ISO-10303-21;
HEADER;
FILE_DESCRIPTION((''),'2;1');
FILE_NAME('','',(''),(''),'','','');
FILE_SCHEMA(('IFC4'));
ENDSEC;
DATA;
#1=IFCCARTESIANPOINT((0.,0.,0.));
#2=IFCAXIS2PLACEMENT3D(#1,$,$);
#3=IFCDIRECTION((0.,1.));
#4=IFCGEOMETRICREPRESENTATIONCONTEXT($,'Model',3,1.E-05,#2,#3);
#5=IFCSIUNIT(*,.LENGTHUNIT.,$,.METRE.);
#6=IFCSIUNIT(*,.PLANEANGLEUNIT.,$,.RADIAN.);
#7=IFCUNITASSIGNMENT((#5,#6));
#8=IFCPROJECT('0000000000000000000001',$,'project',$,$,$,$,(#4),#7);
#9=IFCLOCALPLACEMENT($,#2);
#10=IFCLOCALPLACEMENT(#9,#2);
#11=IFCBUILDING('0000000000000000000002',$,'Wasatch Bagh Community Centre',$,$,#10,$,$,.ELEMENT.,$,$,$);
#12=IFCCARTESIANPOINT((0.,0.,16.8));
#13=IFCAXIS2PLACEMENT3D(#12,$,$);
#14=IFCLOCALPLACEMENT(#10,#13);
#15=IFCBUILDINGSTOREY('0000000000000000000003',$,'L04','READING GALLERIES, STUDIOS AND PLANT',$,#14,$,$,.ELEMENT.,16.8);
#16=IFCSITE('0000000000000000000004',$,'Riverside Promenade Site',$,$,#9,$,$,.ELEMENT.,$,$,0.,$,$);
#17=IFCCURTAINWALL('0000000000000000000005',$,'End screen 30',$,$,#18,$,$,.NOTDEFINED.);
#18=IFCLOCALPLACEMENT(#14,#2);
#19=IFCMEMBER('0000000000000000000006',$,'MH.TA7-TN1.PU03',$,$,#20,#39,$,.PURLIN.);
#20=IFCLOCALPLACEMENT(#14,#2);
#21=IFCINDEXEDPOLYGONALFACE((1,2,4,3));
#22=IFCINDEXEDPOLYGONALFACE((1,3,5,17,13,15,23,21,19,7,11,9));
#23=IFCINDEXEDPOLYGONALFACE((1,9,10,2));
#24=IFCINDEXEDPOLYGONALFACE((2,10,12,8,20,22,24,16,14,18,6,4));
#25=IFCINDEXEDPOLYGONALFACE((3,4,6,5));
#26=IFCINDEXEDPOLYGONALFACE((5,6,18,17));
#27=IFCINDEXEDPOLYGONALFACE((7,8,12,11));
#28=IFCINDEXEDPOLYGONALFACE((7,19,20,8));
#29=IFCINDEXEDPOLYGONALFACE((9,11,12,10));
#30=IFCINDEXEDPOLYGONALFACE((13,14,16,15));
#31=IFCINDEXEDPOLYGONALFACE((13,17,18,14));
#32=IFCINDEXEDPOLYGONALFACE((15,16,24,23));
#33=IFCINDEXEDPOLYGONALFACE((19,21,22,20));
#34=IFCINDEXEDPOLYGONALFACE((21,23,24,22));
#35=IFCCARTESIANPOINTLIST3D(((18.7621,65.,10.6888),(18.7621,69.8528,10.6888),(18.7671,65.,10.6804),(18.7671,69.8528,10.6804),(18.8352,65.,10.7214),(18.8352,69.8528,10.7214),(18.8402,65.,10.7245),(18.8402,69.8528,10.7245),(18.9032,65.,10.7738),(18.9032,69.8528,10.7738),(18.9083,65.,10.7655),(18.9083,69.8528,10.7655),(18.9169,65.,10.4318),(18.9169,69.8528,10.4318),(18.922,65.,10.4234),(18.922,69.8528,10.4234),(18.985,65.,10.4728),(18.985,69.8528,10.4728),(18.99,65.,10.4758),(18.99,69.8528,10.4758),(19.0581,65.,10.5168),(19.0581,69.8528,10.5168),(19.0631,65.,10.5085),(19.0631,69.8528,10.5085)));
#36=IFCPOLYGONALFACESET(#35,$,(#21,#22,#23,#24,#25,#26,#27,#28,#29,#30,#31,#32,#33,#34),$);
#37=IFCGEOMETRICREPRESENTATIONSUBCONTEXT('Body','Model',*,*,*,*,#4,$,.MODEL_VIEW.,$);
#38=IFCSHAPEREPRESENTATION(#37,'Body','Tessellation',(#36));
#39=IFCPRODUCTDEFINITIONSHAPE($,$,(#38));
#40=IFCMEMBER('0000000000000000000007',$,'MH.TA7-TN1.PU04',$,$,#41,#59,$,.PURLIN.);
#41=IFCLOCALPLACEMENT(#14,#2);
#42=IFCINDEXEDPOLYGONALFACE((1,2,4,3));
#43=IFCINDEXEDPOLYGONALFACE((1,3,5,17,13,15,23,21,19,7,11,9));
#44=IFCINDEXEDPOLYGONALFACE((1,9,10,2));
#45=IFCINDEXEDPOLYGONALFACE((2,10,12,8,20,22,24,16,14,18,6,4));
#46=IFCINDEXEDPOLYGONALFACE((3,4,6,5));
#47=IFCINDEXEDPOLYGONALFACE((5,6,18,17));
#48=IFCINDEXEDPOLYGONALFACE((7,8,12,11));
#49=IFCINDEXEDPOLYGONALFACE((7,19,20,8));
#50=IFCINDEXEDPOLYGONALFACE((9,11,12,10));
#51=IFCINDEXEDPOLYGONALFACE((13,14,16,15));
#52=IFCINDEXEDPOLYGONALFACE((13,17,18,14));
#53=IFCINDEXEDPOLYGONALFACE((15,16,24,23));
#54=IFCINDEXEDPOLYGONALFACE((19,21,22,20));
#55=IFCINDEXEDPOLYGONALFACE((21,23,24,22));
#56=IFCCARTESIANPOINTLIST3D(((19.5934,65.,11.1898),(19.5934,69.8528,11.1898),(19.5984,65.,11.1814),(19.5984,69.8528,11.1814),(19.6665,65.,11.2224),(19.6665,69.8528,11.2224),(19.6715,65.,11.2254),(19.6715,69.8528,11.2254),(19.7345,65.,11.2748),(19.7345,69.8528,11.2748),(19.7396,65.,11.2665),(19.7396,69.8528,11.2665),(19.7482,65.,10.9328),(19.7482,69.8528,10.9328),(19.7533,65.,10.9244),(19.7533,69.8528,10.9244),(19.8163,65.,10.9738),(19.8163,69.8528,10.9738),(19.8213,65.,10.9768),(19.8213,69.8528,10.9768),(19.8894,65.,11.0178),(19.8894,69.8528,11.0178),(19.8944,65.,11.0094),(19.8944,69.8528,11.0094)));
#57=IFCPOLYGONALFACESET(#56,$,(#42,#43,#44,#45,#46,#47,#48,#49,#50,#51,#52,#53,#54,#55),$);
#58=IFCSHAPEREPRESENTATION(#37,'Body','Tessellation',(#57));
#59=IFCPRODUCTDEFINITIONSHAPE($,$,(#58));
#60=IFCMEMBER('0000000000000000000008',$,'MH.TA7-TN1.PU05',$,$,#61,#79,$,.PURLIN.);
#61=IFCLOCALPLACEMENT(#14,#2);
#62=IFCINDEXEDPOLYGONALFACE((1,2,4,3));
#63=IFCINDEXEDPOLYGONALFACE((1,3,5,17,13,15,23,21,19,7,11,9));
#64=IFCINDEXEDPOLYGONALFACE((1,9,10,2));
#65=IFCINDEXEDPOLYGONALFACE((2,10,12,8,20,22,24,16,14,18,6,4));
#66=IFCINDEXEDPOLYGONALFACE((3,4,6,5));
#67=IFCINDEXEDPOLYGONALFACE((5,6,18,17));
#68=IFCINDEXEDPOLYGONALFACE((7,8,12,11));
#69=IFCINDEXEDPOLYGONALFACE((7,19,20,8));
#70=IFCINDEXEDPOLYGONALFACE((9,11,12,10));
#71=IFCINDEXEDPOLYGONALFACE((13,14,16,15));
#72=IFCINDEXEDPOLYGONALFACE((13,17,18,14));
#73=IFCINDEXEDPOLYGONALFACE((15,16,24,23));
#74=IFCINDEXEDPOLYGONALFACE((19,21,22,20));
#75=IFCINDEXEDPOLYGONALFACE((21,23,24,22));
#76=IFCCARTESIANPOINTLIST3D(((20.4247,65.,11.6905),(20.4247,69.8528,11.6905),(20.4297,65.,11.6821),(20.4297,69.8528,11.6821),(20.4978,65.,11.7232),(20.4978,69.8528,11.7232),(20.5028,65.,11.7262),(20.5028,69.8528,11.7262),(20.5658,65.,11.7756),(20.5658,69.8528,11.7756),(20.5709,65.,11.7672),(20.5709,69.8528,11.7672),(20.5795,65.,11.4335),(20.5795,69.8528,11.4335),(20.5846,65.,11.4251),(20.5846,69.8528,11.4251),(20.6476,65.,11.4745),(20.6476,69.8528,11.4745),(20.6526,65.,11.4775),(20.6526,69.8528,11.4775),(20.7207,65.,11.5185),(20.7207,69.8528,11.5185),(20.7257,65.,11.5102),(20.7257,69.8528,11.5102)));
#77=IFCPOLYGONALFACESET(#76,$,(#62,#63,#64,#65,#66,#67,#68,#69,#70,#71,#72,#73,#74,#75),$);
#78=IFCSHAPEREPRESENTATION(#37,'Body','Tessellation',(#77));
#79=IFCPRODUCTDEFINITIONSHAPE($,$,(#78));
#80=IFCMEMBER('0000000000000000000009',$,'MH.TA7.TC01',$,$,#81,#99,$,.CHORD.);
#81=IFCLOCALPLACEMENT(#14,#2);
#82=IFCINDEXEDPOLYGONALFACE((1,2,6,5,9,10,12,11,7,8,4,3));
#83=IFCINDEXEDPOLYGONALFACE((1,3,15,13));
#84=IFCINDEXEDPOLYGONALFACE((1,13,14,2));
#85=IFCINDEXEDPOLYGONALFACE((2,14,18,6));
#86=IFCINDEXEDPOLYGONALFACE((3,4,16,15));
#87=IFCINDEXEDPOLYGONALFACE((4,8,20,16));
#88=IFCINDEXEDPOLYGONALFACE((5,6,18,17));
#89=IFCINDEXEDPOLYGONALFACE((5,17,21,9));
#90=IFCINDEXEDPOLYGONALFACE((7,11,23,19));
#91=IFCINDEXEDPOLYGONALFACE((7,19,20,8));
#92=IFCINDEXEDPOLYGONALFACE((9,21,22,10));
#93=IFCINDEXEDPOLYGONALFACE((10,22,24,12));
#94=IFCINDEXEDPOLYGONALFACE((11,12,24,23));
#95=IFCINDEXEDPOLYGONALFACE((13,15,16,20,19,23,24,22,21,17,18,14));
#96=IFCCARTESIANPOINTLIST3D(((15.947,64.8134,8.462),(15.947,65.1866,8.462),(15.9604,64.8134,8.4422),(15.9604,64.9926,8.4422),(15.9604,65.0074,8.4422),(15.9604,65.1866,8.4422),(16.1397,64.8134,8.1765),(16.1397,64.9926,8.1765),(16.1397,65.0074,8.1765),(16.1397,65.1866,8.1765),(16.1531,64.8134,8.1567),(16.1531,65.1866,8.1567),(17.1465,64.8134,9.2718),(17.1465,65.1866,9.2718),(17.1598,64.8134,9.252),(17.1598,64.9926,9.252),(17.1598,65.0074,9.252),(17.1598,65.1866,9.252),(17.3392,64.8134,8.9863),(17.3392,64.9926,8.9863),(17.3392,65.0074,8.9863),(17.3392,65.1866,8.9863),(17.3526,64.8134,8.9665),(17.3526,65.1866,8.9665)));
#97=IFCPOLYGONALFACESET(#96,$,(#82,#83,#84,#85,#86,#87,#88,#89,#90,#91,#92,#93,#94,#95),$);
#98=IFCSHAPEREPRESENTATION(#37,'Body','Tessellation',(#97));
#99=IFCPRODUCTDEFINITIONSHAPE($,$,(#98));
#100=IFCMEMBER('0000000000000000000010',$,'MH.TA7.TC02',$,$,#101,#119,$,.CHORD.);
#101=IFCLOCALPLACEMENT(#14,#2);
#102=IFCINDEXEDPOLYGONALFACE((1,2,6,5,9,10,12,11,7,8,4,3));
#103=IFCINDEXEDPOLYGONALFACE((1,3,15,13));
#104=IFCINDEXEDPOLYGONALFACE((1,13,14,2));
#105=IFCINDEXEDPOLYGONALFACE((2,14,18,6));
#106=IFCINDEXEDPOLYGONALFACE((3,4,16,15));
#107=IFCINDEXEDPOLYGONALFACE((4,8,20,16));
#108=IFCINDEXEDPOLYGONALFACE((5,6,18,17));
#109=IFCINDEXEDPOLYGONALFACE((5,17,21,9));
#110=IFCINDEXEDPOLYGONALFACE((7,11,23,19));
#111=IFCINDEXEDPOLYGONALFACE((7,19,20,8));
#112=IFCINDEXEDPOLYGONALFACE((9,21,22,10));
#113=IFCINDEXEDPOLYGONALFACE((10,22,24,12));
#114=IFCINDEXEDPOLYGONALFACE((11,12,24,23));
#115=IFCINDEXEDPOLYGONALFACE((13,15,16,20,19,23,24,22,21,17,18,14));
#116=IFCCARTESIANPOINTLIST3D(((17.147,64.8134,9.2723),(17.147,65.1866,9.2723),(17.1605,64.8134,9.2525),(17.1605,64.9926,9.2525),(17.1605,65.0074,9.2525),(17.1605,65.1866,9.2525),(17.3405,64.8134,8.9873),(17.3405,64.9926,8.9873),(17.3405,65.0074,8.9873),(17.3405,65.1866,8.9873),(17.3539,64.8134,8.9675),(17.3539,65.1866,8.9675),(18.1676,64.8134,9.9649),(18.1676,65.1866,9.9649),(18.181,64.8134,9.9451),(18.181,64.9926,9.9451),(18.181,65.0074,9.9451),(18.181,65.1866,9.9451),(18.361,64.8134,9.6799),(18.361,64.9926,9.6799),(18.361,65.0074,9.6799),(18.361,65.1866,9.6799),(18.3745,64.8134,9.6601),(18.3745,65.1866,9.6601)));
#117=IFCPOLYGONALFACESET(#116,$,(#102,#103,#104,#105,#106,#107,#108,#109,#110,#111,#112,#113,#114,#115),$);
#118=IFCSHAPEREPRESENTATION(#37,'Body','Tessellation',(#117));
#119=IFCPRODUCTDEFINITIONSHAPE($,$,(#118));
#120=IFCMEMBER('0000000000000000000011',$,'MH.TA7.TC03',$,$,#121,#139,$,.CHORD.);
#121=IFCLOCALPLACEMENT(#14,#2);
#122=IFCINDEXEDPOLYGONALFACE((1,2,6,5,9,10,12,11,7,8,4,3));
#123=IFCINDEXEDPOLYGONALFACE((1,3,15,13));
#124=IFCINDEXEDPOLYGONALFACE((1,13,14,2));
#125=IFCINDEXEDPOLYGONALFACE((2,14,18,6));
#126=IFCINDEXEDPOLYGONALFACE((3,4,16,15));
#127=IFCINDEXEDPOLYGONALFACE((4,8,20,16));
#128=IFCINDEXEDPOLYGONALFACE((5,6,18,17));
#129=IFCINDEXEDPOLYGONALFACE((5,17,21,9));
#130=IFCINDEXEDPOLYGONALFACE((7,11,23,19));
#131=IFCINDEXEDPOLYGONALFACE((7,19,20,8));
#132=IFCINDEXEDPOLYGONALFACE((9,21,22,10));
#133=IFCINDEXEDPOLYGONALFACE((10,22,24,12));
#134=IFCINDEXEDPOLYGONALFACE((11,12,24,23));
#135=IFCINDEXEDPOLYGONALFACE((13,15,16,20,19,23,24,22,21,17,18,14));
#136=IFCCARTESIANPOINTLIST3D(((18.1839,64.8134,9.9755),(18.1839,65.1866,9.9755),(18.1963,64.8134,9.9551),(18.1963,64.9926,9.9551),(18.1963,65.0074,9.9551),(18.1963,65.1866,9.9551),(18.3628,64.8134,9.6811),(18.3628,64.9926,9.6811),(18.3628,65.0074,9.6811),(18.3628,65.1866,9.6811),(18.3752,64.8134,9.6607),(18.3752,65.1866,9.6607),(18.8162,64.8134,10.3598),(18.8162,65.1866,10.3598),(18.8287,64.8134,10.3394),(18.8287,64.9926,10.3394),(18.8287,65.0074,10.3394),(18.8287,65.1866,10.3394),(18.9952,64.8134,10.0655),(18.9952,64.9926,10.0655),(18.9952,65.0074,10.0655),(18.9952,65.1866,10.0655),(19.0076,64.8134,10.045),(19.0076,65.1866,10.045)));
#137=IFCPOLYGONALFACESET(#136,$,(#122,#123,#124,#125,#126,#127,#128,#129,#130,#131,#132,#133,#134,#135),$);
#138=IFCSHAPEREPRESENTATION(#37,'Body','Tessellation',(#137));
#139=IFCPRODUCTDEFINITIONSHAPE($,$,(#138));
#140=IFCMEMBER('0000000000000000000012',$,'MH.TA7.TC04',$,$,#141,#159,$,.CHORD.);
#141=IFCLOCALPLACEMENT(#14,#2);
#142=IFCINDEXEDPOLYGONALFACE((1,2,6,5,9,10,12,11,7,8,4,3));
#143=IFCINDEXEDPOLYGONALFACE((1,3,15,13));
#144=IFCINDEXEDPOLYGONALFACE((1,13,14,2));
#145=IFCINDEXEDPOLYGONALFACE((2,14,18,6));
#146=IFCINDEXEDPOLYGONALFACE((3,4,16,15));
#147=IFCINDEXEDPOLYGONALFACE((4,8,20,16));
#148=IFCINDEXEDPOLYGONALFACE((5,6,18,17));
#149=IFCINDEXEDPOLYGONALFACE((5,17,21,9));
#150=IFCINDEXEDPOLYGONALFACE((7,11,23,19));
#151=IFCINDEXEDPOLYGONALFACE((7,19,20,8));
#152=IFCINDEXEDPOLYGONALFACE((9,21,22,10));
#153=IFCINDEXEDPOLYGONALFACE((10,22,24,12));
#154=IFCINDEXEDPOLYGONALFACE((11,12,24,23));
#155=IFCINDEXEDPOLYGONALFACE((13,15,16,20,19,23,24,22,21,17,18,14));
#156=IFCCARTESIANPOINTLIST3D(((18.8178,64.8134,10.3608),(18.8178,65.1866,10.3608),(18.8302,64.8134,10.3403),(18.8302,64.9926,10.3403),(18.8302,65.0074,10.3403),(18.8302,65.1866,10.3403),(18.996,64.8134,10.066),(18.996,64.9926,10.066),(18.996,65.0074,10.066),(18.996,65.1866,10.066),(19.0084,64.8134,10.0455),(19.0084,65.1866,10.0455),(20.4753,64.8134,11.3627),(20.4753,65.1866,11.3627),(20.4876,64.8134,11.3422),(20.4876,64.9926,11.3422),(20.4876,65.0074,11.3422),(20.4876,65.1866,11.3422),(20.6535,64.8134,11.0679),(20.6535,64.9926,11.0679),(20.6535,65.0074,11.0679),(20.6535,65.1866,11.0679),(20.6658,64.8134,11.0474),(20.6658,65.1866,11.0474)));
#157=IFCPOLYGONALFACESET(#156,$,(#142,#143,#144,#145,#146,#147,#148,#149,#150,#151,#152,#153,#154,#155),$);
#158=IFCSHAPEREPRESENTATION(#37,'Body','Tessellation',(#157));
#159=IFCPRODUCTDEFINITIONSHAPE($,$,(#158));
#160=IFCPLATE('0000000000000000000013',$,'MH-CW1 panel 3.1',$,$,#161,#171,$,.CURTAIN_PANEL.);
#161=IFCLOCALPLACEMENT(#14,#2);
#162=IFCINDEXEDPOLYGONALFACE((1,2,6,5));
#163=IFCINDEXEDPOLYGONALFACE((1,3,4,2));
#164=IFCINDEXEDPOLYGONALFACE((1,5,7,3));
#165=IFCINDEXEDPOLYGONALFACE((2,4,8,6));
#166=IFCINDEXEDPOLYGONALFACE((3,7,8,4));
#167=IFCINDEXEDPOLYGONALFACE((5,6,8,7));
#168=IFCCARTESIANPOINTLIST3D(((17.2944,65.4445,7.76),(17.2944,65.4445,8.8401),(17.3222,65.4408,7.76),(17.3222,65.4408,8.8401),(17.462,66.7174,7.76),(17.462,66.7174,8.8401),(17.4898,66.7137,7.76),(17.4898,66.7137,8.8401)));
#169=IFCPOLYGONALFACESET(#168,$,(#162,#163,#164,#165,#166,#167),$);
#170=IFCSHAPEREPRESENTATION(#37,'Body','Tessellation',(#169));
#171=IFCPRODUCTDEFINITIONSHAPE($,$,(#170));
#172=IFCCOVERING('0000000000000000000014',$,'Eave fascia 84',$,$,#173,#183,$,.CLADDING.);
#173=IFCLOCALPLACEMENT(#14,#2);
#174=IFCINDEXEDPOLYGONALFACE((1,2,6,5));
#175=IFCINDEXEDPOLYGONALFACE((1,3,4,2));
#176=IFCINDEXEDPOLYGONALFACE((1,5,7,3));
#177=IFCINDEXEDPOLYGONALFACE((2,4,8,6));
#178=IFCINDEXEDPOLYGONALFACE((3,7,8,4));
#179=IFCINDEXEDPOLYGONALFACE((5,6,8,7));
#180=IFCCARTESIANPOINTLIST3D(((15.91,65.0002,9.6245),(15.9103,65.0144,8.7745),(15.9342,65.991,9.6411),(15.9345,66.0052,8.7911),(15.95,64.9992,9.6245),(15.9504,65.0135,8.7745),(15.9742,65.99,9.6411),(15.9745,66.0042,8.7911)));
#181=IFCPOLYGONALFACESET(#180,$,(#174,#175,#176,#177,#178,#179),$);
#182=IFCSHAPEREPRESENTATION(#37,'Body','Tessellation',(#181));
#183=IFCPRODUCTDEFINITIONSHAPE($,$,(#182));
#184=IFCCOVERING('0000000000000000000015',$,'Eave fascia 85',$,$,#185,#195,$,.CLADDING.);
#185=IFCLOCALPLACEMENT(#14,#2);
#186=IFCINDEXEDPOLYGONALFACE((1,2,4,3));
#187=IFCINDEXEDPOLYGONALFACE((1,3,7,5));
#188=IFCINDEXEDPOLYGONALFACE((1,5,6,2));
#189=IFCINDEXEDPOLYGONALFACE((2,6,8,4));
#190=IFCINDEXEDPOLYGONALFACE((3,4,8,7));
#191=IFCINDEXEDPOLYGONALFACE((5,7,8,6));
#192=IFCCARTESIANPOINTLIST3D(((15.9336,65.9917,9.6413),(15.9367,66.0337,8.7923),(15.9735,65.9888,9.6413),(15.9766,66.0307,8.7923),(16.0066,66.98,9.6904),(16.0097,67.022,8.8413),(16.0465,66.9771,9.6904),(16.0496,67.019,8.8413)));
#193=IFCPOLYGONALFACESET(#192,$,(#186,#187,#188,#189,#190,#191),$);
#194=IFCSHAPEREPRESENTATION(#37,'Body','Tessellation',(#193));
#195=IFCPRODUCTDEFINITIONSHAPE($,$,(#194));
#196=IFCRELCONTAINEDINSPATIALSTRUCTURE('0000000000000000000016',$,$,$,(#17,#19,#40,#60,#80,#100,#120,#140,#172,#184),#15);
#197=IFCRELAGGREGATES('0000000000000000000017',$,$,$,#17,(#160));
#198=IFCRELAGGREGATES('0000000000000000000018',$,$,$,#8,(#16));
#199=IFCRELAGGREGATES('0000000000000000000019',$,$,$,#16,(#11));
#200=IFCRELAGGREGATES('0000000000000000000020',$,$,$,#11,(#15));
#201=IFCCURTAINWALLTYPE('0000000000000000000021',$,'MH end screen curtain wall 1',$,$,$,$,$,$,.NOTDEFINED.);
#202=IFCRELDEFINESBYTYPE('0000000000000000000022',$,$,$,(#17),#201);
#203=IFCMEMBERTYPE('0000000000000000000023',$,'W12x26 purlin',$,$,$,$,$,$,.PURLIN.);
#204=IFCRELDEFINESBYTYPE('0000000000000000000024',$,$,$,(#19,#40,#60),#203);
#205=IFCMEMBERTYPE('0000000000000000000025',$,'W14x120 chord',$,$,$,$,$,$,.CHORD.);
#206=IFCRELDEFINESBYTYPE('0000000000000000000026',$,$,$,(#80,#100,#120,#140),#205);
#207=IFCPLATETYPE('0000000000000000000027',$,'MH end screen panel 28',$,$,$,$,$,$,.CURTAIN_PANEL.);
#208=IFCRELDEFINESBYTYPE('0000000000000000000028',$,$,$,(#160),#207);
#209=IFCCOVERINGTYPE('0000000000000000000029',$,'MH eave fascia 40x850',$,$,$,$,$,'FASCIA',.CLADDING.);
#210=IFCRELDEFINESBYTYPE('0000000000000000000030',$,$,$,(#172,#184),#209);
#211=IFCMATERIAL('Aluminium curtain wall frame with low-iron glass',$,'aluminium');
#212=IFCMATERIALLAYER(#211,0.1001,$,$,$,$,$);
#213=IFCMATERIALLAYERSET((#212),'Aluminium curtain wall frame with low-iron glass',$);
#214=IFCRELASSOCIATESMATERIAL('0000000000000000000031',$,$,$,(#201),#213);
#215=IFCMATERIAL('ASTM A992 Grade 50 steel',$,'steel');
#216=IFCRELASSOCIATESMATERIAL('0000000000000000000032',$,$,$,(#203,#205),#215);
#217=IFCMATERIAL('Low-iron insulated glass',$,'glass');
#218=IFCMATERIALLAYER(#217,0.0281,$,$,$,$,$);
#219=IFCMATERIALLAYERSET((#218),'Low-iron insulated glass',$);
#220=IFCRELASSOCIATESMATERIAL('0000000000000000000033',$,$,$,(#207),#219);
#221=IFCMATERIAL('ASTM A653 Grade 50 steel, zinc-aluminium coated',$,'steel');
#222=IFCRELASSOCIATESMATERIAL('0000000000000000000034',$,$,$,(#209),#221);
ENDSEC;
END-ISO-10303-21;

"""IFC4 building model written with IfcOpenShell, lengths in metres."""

from ifc_helpers import new_model, si_unit, direction, frame, origin, origin_2d, place, context, subcontext, project, spatial, rectangle, i_section, extrude, material, layer, layer_set, material_profile, profile_set, type_object, element, aggregate, save


model = new_model("IFC4")

# Units and contexts
model_context = context("Model", 3, precision=1e-05, world=origin(), true_north=direction((0.0, 1.0)))
body_context = subcontext(model_context, "Body", "Model", "MODEL_VIEW")
ifc_project = project(units=[si_unit("LENGTHUNIT", "METRE"), si_unit("PLANEANGLEUNIT", "RADIAN")], contexts=[model_context])

# Site, building, storey
site_placement = place(None, origin())
site = spatial("IfcSite", under=ifc_project, at=site_placement, Name="Riverside Promenade Site", CompositionType="ELEMENT", RefElevation=0.0)
building_placement = place(site_placement, origin())
building = spatial("IfcBuilding", under=site, at=building_placement, Name="Wasatch Bagh Community Centre", CompositionType="ELEMENT")
storey_placement = place(building_placement, frame((0.0, 0.0, 16.8)))
storey = spatial("IfcBuildingStorey", under=building, at=storey_placement, Name="L04", Description="READING GALLERIES, STUDIOS AND PLANT", CompositionType="ELEMENT", Elevation=16.8)

# Curtain wall
ifc_material_1 = material(Name="Aluminium curtain wall frame with low-iron glass", Category="aluminium")
ifc_layer_1 = layer(ifc_material_1, 0.1001)
ifc_layer_set_1 = layer_set([ifc_layer_1], Name="Aluminium curtain wall frame with low-iron glass")
curtain_wall_type = type_object("IfcCurtainWallType", Name="MH end screen curtain wall 1", PredefinedType="NOTDEFINED", material=ifc_layer_set_1)
curtain_wall_placement = place(storey_placement, origin())
curtain_wall = element("IfcCurtainWall", 1, at=curtain_wall_placement, inside=storey, type_object=curtain_wall_type, Name="End screen 30", PredefinedType="NOTDEFINED")

# Members
ifc_material_2 = material(Name="ASTM A992 Grade 50 steel", Category="steel")
ifc_material_profile_1 = material_profile(ifc_material_2, i_section(OverallWidth=0.1648, OverallDepth=0.3098, WebThickness=0.0059, FlangeThickness=0.0098, at=origin_2d()), Name="W12x26")
ifc_profile_set_1 = profile_set([ifc_material_profile_1], Name="ASTM A992 Grade 50 steel")
member_type_1 = type_object("IfcMemberType", Name="W12x26 purlin", PredefinedType="PURLIN", material=ifc_profile_set_1)
for number, where, z_axis, x_axis, name in (
    (2, (18.9126, 65.0, 10.5986), (0.0, 1.0, 0.0), (-0.856568, 0.0, -0.516034), "MH.TA7-TN1.PU03"),
    (3, (19.7439, 65.0, 11.0996), (0.0, 1.0, 0.0), (-0.856568, 0.0, -0.516034), "MH.TA7-TN1.PU04"),
    (4, (20.5752, 65.0, 11.6003), (0.0, 1.0, 0.0), (-0.856568, 0.0, -0.516034), "MH.TA7-TN1.PU05"),
):
    element("IfcMember", number, at=place(storey_placement, frame(where, z_axis=z_axis, x_axis=x_axis)), inside=storey, type_object=member_type_1, Name=name, PredefinedType="PURLIN", context=body_context, shape_type="SweptSolid", body=[
        extrude(i_section(OverallWidth=0.1648, OverallDepth=0.3098, WebThickness=0.0059, FlangeThickness=0.0098, at=origin_2d()), origin(), (0.0, 0.0, 1.0), 4.8528),
    ])
ifc_material_profile_2 = material_profile(ifc_material_2, i_section(OverallWidth=0.3733, OverallDepth=0.3684, WebThickness=0.0149, FlangeThickness=0.0239, at=origin_2d()), Name="W14x120")
ifc_profile_set_2 = profile_set([ifc_material_profile_2], Name="ASTM A992 Grade 50 steel")
member_type_2 = type_object("IfcMemberType", Name="W14x120 chord", PredefinedType="CHORD", material=ifc_profile_set_2)
member_1_placement = place(storey_placement, frame((16.05, 65.0, 8.3093), z_axis=(0.828792, 0.0, 0.559557), x_axis=(0.0, 1.0, 0.0)))
element("IfcMember", 5, at=member_1_placement, inside=storey, type_object=member_type_2, Name="MH.TA7.TC01", PredefinedType="CHORD", context=body_context, shape_type="SweptSolid", body=[
    extrude(i_section(OverallWidth=0.3733, OverallDepth=0.3684, WebThickness=0.0149, FlangeThickness=0.0239, at=origin_2d()), origin(), (0.0, 0.0, 1.0), 1.4473),
])
member_2_placement = place(storey_placement, frame((17.2505, 65.0, 9.1199), z_axis=(0.827423, 0.0, 0.561579), x_axis=(0.0, 1.0, 0.0)))
element("IfcMember", 6, at=member_2_placement, inside=storey, type_object=member_type_2, Name="MH.TA7.TC02", PredefinedType="CHORD", context=body_context, shape_type="SweptSolid", body=[
    extrude(i_section(OverallWidth=0.3733, OverallDepth=0.3684, WebThickness=0.0149, FlangeThickness=0.0239, at=origin_2d()), origin(), (0.0, 0.0, 1.0), 1.2334),
])
member_3_placement = place(storey_placement, frame((18.2795, 65.0, 9.8181), z_axis=(0.854568, 0.0, 0.51934), x_axis=(0.0, 1.0, 0.0)))
element("IfcMember", 7, at=member_3_placement, inside=storey, type_object=member_type_2, Name="MH.TA7.TC03", PredefinedType="CHORD", context=body_context, shape_type="SweptSolid", body=[
    extrude(i_section(OverallWidth=0.3733, OverallDepth=0.3684, WebThickness=0.0149, FlangeThickness=0.0239, at=origin_2d()), origin(), (0.0, 0.0, 1.0), 0.74),
])
member_4_placement = place(storey_placement, frame((18.9131, 65.0, 10.2031), z_axis=(0.855786, 0.0, 0.517329), x_axis=(0.0, 1.0, 0.0)))
element("IfcMember", 8, at=member_4_placement, inside=storey, type_object=member_type_2, Name="MH.TA7.TC04", PredefinedType="CHORD", context=body_context, shape_type="SweptSolid", body=[
    extrude(i_section(OverallWidth=0.3733, OverallDepth=0.3684, WebThickness=0.0149, FlangeThickness=0.0239, at=origin_2d()), origin(), (0.0, 0.0, 1.0), 1.9368),
])

# Plate
ifc_material_3 = material(Name="Low-iron insulated glass", Category="glass")
ifc_layer_2 = layer(ifc_material_3, 0.0281)
ifc_layer_set_2 = layer_set([ifc_layer_2], Name="Low-iron insulated glass")
plate_type = type_object("IfcPlateType", Name="MH end screen panel 28", PredefinedType="CURTAIN_PANEL", material=ifc_layer_set_2)
plate_placement = place(storey_placement, frame((17.3921, 66.0791, 7.76), z_axis=(0.0, 0.0, 1.0), x_axis=(-0.130526, -0.991445, 0.0)))
plate = element("IfcPlate", 9, at=plate_placement, type_object=plate_type, Name="MH-CW1 panel 3.1", PredefinedType="CURTAIN_PANEL", context=body_context, shape_type="SweptSolid", body=[
    extrude(rectangle(XDim=1.2839, YDim=0.0281, at=origin_2d()), origin(), (0.0, 0.0, 1.0), 1.0801),
])
aggregate(curtain_wall, [plate])

# Coverings
ifc_material_4 = material(Name="ASTM A653 Grade 50 steel, zinc-aluminium coated", Category="steel")
ifc_material_profile_3 = material_profile(ifc_material_4, rectangle(XDim=0.04, YDim=0.8501, at=origin_2d()), Name="FASCIA 40x850")
ifc_profile_set_3 = profile_set([ifc_material_profile_3], Name="ASTM A653 Grade 50 steel, zinc-aluminium coated")
covering_type_1 = type_object("IfcCoveringType", Name="MH eave fascia 40x850", ElementType="FASCIA", PredefinedType="CLADDING", material=ifc_profile_set_3)
covering_1_placement = place(storey_placement, frame((15.9302, 65.0068, 9.1995), z_axis=(0.024386, 0.999562, 0.01675), x_axis=(-0.999703, 0.024389, 0.0)))
element("IfcCovering", 10, at=covering_1_placement, inside=storey, type_object=covering_type_1, Name="Eave fascia 84", PredefinedType="CLADDING", context=body_context, shape_type="SweptSolid", body=[
    extrude(rectangle(XDim=0.04, YDim=0.8501, at=origin_2d()), origin(), (0.0, 0.0, 1.0), 0.9912),
])
covering_2_placement = place(storey_placement, frame((15.9551, 66.0112, 9.2168), z_axis=(0.073573, 0.996063, 0.049459), x_axis=(-0.997283, 0.073663, 0.0)))
element("IfcCovering", 11, at=covering_2_placement, inside=storey, type_object=covering_type_1, Name="Eave fascia 85", PredefinedType="CLADDING", context=body_context, shape_type="SweptSolid", body=[
    extrude(rectangle(XDim=0.04, YDim=0.8501, at=origin_2d()), origin(), (0.0, 0.0, 1.0), 0.9922),
])

save(model, "model.ifc")
